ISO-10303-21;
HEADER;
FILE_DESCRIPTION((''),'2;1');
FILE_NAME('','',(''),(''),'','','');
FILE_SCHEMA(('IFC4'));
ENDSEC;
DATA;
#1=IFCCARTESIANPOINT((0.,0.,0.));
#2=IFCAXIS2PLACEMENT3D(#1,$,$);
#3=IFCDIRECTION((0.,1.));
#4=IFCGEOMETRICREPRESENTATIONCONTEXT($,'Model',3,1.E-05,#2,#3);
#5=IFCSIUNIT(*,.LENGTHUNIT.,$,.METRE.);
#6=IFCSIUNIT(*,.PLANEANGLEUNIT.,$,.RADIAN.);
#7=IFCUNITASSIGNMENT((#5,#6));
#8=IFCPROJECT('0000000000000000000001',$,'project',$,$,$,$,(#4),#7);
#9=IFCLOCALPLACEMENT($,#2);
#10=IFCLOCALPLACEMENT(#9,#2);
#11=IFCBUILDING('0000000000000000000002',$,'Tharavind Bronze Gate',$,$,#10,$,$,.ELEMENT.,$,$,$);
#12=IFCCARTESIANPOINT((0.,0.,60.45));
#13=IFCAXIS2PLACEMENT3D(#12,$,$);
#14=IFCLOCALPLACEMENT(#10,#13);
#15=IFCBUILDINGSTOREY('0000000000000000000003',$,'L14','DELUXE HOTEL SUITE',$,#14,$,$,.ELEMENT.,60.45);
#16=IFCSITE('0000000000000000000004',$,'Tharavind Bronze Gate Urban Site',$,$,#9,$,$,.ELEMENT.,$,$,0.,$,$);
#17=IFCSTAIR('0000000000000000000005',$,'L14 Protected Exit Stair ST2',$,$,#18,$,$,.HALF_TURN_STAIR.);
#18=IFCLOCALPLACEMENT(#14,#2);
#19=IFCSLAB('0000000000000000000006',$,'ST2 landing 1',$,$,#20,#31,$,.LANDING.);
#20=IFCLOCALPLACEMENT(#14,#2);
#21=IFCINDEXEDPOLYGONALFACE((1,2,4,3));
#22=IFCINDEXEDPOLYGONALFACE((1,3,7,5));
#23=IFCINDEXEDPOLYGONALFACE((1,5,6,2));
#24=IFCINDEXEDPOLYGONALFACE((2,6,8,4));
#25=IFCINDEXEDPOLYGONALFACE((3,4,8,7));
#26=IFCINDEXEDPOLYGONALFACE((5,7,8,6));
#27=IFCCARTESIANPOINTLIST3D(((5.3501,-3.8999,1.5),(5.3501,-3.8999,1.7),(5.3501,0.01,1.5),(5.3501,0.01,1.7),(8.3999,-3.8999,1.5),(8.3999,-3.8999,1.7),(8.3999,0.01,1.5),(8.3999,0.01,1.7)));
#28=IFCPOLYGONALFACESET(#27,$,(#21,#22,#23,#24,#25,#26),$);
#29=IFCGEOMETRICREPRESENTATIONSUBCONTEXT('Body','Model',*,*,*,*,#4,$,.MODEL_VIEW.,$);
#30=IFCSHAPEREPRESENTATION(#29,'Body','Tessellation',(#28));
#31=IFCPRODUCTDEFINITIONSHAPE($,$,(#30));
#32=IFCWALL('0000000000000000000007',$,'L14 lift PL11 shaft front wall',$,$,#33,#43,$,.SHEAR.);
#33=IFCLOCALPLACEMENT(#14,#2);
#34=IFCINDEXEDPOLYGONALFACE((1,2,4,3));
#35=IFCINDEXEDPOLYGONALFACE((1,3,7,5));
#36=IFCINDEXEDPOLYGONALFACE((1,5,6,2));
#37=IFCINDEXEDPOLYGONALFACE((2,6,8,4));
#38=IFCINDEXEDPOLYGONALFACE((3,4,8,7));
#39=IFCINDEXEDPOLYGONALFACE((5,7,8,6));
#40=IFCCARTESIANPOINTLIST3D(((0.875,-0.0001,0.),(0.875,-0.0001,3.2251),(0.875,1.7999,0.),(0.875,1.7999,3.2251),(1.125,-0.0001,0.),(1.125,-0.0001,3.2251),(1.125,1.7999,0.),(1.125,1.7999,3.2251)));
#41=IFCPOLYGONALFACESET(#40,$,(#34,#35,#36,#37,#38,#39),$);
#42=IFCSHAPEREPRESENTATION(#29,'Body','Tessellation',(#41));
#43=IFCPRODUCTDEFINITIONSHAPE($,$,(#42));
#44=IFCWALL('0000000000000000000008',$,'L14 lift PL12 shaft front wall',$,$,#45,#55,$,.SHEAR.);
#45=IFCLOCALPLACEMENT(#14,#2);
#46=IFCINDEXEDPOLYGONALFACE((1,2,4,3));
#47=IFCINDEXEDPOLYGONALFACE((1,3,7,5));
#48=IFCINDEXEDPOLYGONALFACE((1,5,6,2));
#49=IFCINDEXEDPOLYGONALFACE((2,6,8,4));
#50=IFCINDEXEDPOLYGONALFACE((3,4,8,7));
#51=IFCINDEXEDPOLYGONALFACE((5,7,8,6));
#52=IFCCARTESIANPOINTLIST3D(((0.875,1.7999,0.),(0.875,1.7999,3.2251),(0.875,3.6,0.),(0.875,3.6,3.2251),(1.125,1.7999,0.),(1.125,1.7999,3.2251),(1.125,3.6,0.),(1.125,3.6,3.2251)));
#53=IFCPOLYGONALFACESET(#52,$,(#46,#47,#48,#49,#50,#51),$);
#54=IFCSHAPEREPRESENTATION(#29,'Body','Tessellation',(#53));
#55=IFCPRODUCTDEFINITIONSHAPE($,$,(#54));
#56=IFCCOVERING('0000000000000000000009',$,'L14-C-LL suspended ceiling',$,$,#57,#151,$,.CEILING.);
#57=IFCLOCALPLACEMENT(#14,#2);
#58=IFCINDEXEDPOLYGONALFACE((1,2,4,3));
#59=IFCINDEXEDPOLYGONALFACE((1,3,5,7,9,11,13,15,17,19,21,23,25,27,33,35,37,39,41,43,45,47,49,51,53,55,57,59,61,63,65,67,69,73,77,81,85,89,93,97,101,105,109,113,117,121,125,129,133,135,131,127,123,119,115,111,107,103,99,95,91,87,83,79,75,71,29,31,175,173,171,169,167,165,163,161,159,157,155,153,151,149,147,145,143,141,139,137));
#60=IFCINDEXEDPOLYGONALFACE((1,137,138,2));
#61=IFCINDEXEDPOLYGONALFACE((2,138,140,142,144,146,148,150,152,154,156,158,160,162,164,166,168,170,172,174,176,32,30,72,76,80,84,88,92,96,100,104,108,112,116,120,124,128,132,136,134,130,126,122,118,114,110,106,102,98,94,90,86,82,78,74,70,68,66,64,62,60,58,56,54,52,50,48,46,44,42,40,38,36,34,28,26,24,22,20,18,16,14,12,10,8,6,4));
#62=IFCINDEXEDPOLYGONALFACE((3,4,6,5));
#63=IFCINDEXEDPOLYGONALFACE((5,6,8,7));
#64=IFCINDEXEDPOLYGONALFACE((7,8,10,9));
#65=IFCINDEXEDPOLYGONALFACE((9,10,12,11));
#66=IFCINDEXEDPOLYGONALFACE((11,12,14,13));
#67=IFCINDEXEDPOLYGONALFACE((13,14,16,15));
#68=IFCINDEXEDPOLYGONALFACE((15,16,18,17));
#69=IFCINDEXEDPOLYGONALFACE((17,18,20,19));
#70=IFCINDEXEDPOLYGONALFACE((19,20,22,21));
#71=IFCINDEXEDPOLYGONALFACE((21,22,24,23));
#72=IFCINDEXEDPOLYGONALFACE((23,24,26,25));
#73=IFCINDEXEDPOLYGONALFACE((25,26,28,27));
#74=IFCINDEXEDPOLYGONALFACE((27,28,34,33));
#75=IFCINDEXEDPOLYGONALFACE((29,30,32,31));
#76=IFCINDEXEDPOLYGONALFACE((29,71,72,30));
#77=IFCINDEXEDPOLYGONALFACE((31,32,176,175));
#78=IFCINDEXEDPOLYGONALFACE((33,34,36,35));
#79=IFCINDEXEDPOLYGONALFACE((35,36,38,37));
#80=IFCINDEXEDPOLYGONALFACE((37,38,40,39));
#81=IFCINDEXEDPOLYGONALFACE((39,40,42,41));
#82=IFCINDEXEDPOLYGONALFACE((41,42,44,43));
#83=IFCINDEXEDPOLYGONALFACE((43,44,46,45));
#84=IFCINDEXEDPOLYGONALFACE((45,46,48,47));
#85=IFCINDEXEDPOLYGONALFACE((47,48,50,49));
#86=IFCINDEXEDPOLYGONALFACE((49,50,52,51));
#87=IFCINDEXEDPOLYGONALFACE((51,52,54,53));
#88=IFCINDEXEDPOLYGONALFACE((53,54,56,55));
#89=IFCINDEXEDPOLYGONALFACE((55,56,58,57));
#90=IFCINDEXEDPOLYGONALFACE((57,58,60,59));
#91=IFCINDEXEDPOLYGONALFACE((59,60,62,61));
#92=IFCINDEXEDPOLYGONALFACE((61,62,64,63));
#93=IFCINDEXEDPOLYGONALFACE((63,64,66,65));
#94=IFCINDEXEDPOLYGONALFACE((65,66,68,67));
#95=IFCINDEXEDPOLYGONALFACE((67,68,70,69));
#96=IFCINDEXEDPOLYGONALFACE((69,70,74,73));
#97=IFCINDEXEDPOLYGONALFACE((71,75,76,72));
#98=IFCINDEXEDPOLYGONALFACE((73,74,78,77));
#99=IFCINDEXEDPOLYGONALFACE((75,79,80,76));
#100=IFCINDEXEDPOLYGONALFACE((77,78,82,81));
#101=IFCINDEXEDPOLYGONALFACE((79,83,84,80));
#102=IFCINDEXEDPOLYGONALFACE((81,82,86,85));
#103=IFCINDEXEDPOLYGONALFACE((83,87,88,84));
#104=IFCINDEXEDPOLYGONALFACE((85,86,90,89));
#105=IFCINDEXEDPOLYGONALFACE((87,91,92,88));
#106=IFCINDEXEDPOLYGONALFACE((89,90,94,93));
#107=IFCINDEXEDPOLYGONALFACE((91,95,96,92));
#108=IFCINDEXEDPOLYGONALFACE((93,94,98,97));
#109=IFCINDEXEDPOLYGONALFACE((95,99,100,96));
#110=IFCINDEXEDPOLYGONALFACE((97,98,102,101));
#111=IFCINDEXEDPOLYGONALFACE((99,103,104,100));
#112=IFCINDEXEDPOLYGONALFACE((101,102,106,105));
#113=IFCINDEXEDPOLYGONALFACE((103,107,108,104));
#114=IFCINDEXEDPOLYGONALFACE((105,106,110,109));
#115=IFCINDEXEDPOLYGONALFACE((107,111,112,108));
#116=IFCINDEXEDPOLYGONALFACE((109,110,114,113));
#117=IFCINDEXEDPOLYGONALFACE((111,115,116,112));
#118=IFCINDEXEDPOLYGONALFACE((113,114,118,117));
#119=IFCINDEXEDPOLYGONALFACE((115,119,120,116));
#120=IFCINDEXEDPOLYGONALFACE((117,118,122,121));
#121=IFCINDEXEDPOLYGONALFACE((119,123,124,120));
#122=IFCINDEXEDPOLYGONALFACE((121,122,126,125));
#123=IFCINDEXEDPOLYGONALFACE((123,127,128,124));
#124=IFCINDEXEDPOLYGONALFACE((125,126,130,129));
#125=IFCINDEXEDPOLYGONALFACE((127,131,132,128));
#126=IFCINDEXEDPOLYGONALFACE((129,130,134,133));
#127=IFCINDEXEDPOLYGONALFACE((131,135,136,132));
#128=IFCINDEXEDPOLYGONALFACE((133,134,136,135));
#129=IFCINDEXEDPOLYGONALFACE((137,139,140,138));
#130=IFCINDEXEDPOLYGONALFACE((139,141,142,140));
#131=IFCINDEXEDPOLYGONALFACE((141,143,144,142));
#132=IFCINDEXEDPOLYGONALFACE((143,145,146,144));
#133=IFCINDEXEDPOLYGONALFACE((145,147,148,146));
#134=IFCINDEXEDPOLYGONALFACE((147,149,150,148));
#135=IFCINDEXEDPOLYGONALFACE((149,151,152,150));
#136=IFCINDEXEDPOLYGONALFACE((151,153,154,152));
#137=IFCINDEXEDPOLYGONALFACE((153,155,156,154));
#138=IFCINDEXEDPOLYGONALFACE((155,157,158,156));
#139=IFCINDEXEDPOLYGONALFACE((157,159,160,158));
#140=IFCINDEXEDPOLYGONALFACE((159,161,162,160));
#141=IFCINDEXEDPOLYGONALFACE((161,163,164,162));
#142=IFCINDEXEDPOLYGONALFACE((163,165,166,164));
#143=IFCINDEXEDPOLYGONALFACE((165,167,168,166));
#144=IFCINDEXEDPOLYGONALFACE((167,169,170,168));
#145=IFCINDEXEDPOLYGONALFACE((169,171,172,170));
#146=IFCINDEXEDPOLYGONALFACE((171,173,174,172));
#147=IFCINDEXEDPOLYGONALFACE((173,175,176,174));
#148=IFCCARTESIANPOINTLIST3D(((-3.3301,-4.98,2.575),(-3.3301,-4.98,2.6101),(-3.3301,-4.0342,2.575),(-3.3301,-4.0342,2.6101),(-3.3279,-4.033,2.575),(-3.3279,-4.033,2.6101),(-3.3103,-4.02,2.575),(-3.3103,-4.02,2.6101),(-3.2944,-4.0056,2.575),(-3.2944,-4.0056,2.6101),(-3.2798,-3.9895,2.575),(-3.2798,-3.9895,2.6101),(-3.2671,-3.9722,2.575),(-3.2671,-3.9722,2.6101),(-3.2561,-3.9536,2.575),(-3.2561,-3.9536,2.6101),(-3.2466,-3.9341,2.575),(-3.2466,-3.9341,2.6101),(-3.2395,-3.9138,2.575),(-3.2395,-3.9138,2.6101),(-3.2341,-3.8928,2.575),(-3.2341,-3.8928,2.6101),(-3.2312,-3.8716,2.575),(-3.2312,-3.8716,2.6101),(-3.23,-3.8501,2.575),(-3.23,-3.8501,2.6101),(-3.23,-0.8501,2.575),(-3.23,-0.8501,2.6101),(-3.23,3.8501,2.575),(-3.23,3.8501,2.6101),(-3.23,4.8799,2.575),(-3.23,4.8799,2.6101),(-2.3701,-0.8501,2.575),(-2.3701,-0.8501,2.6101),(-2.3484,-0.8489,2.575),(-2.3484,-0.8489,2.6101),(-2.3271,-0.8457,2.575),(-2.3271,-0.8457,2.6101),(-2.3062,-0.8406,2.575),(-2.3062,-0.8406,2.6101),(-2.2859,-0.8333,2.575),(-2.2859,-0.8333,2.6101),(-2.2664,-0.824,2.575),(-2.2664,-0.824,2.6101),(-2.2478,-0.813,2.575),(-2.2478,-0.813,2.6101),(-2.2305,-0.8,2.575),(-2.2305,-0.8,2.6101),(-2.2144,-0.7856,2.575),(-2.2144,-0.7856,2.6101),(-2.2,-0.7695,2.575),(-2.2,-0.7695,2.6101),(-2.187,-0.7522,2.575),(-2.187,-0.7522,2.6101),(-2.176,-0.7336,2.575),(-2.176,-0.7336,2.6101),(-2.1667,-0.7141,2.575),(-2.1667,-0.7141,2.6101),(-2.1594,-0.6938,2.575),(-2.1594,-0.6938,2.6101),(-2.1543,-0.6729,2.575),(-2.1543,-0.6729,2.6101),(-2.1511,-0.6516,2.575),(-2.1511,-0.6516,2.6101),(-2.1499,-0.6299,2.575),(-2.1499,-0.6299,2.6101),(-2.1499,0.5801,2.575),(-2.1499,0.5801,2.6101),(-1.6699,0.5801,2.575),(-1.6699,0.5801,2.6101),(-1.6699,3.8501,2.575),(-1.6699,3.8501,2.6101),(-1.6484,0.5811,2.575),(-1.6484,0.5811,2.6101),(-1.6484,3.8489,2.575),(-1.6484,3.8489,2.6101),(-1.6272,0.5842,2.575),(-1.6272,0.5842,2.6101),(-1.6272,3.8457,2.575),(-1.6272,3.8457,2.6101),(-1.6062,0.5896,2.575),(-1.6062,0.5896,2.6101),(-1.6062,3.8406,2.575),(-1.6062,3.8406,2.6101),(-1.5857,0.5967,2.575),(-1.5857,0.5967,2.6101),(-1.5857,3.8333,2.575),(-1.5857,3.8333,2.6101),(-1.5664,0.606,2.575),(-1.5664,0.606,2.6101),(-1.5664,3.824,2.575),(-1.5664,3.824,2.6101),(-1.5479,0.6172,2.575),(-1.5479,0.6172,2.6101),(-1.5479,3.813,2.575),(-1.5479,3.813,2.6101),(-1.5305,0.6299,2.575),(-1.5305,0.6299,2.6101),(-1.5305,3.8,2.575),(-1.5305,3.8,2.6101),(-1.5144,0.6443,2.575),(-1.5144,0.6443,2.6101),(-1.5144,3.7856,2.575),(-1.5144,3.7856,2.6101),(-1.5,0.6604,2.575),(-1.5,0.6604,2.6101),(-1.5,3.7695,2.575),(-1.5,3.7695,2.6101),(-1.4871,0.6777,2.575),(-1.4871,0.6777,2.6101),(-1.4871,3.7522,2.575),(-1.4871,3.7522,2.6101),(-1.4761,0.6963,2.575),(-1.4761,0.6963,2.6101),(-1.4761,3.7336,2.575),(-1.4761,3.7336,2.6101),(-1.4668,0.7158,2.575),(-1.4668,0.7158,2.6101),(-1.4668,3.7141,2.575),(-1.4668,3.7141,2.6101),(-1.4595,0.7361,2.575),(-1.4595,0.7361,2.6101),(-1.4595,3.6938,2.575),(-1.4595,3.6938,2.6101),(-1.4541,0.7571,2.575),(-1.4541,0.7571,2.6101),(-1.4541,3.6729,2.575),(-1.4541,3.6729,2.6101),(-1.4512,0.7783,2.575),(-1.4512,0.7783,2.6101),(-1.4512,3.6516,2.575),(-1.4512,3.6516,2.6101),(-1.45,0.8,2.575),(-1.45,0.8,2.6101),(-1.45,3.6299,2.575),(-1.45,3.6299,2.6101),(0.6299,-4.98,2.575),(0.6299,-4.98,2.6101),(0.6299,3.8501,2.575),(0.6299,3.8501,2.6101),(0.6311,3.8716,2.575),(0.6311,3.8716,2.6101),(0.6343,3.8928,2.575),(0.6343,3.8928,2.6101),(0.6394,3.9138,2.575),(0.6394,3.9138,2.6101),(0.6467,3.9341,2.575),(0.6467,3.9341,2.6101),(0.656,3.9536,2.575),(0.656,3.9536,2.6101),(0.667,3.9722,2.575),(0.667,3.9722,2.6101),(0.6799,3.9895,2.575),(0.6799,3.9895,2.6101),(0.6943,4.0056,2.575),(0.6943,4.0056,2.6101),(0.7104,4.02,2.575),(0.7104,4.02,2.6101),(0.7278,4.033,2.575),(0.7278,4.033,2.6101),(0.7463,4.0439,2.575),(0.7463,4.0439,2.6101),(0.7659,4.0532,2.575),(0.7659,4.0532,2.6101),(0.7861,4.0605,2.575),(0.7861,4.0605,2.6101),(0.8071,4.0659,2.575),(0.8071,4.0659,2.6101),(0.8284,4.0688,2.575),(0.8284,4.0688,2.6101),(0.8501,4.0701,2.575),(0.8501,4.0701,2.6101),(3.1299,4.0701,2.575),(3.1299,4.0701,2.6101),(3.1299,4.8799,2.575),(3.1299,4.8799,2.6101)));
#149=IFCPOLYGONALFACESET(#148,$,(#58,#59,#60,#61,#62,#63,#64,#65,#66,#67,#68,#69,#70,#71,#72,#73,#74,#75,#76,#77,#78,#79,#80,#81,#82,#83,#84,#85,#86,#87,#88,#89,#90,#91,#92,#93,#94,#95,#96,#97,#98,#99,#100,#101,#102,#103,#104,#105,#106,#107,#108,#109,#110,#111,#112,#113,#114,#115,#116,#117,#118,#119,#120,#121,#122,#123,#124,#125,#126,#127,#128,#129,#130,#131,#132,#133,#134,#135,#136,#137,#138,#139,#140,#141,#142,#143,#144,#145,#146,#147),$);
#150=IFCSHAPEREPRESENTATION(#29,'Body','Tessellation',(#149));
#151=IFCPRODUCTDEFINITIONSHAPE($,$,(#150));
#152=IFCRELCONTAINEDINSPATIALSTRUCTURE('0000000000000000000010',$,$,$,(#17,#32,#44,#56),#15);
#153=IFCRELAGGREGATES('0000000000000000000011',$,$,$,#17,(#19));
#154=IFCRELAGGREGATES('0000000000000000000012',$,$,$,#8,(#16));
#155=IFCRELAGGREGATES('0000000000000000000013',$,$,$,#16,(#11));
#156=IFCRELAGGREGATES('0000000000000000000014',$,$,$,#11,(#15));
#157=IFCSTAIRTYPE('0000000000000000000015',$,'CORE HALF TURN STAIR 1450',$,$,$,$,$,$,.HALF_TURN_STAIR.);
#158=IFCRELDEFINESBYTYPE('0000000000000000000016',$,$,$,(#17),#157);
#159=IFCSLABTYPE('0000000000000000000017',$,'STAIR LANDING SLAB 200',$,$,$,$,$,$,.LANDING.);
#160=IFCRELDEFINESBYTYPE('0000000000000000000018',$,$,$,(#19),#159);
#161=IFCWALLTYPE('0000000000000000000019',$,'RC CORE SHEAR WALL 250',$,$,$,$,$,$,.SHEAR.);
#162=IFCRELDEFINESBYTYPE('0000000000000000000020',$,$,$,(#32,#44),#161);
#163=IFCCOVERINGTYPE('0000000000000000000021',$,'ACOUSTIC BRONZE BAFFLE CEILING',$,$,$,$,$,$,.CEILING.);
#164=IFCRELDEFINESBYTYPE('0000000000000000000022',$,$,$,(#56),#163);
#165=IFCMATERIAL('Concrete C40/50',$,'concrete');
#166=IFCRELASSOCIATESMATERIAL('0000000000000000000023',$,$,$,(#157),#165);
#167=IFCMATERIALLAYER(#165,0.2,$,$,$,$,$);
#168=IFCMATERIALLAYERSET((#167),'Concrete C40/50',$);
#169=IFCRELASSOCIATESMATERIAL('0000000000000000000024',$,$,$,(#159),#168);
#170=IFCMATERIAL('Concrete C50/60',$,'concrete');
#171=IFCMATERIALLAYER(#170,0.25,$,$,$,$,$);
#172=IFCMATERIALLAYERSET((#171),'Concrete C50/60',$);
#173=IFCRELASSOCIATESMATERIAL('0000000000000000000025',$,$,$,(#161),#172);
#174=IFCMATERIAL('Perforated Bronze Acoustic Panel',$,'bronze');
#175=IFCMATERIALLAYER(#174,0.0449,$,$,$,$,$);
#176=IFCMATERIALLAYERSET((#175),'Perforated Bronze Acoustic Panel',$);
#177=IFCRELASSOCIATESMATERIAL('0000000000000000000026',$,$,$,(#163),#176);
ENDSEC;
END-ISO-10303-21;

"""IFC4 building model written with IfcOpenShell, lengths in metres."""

from ifc_helpers import new_model, si_unit, direction, frame, frame_2d, origin, place, context, subcontext, project, spatial, polyline, rectangle, outline, extrude, material, layer, layer_set, type_object, element, aggregate, save


model = new_model("IFC4")

# Units and contexts
model_context = context("Model", 3, precision=1e-05, world=origin(), true_north=direction((0.0, 1.0)))
body_context = subcontext(model_context, "Body", "Model", "MODEL_VIEW")
ifc_project = project(units=[si_unit("LENGTHUNIT", "METRE"), si_unit("PLANEANGLEUNIT", "RADIAN")], contexts=[model_context])

# Site, building, storey
site_placement = place(None, origin())
site = spatial("IfcSite", under=ifc_project, at=site_placement, Name="Tharavind Bronze Gate Urban Site", CompositionType="ELEMENT", RefElevation=0.0)
building_placement = place(site_placement, origin())
building = spatial("IfcBuilding", under=site, at=building_placement, Name="Tharavind Bronze Gate", CompositionType="ELEMENT")
storey_placement = place(building_placement, frame((0.0, 0.0, 60.45)))
storey = spatial("IfcBuildingStorey", under=building, at=storey_placement, Name="L14", Description="DELUXE HOTEL SUITE", CompositionType="ELEMENT", Elevation=60.45)

# Stair, slab
ifc_material_1 = material(Name="Concrete C40/50", Category="concrete")
stair_type = type_object("IfcStairType", Name="CORE HALF TURN STAIR 1450", PredefinedType="HALF_TURN_STAIR", material=ifc_material_1)
stair_placement = place(storey_placement, origin())
stair = element("IfcStair", 1, at=stair_placement, inside=storey, type_object=stair_type, Name="L14 Protected Exit Stair ST2", PredefinedType="HALF_TURN_STAIR")
ifc_layer_1 = layer(ifc_material_1, 0.2)
ifc_layer_set_1 = layer_set([ifc_layer_1], Name="Concrete C40/50")
slab_type = type_object("IfcSlabType", Name="STAIR LANDING SLAB 200", PredefinedType="LANDING", material=ifc_layer_set_1)
slab_placement = place(storey_placement, frame((0.0, 0.0, 1.5)))
slab = element("IfcSlab", 2, at=slab_placement, type_object=slab_type, Name="ST2 landing 1", PredefinedType="LANDING", context=body_context, shape_type="SweptSolid", body=[
    extrude(outline(polyline([(5.3501, 0.01), (5.3501, -3.8999), (8.3999, -3.8999), (8.3999, 0.01), (5.3501, 0.01)])), origin(), (0.0, 0.0, 1.0), 0.2),
])
aggregate(stair, [slab])

# Walls
ifc_material_2 = material(Name="Concrete C50/60", Category="concrete")
ifc_layer_2 = layer(ifc_material_2, 0.25)
ifc_layer_set_2 = layer_set([ifc_layer_2], Name="Concrete C50/60")
wall_type = type_object("IfcWallType", Name="RC CORE SHEAR WALL 250", PredefinedType="SHEAR", material=ifc_layer_set_2)
for number, where, z_axis, x_axis, name in (
    (3, (1.0, 0.0, 0.0), (0.0, 0.0, 1.0), (0.0, 1.0, 0.0), "L14 lift PL11 shaft front wall"),
    (4, (1.0, 1.8, 0.0), (0.0, 0.0, 1.0), (0.0, 1.0, 0.0), "L14 lift PL12 shaft front wall"),
):
    element("IfcWall", number, at=place(storey_placement, frame(where, z_axis=z_axis, x_axis=x_axis)), inside=storey, type_object=wall_type, Name=name, PredefinedType="SHEAR", context=body_context, shape_type="SweptSolid", body=[
        extrude(rectangle(XDim=1.8, YDim=0.25, at=frame_2d((0.8999, 0.0))), origin(), (0.0, 0.0, 1.0), 3.2251),
    ])

# Covering
ifc_material_3 = material(Name="Perforated Bronze Acoustic Panel", Category="bronze")
ifc_layer_3 = layer(ifc_material_3, 0.0449)
ifc_layer_set_3 = layer_set([ifc_layer_3], Name="Perforated Bronze Acoustic Panel")
covering_type_1 = type_object("IfcCoveringType", Name="ACOUSTIC BRONZE BAFFLE CEILING", PredefinedType="CEILING", material=ifc_layer_set_3)
covering_1_placement = place(storey_placement, frame((0.0, 0.0, 2.575)))
element("IfcCovering", 5, at=covering_1_placement, inside=storey, type_object=covering_type_1, Name="L14-C-LL suspended ceiling", PredefinedType="CEILING", context=body_context, shape_type="SweptSolid", body=[
    extrude(outline(polyline([(-3.3301, -4.98), (0.6299, -4.98), (0.6299, 3.8501), (0.6311, 3.8716), (0.6343, 3.8928), (0.6394, 3.9138), (0.6467, 3.9341), (0.656, 3.9536), (0.667, 3.9722), (0.6799, 3.9895), (0.6943, 4.0056), (0.7104, 4.02), (0.7278, 4.033), (0.7463, 4.0439), (0.7659, 4.0532), (0.7861, 4.0605), (0.8071, 4.0659), (0.8284, 4.0688), (0.8501, 4.0701), (3.1299, 4.0701), (3.1299, 4.8799), (-3.23, 4.8799), (-3.23, 3.8501), (-1.6699, 3.8501), (-1.6484, 3.8489), (-1.6272, 3.8457), (-1.6062, 3.8406), (-1.5857, 3.8333), (-1.5664, 3.824), (-1.5479, 3.813), (-1.5305, 3.8), (-1.5144, 3.7856), (-1.5, 3.7695), (-1.4871, 3.7522), (-1.4761, 3.7336), (-1.4668, 3.7141), (-1.4595, 3.6938), (-1.4541, 3.6729), (-1.4512, 3.6516), (-1.45, 3.6299), (-1.45, 0.8), (-1.4512, 0.7783), (-1.4541, 0.7571), (-1.4595, 0.7361), (-1.4668, 0.7158), (-1.4761, 0.6963), (-1.4871, 0.6777), (-1.5, 0.6604), (-1.5144, 0.6443), (-1.5305, 0.6299), (-1.5479, 0.6172), (-1.5664, 0.606), (-1.5857, 0.5967), (-1.6062, 0.5896), (-1.6272, 0.5842), (-1.6484, 0.5811), (-1.6699, 0.5801), (-2.1499, 0.5801), (-2.1499, -0.6299), (-2.1511, -0.6516), (-2.1543, -0.6729), (-2.1594, -0.6938), (-2.1667, -0.7141), (-2.176, -0.7336), (-2.187, -0.7522), (-2.2, -0.7695), (-2.2144, -0.7856), (-2.2305, -0.8), (-2.2478, -0.813), (-2.2664, -0.824), (-2.2859, -0.8333), (-2.3062, -0.8406), (-2.3271, -0.8457), (-2.3484, -0.8489), (-2.3701, -0.8501), (-3.23, -0.8501), (-3.23, -3.8501), (-3.2312, -3.8716), (-3.2341, -3.8928), (-3.2395, -3.9138), (-3.2466, -3.9341), (-3.2561, -3.9536), (-3.2671, -3.9722), (-3.2798, -3.9895), (-3.2944, -4.0056), (-3.3103, -4.02), (-3.3279, -4.033), (-3.3301, -4.0342), (-3.3301, -4.98)])), origin(), (0.0, 0.0, 1.0), 0.0352),
])

save(model, "model.ifc")
